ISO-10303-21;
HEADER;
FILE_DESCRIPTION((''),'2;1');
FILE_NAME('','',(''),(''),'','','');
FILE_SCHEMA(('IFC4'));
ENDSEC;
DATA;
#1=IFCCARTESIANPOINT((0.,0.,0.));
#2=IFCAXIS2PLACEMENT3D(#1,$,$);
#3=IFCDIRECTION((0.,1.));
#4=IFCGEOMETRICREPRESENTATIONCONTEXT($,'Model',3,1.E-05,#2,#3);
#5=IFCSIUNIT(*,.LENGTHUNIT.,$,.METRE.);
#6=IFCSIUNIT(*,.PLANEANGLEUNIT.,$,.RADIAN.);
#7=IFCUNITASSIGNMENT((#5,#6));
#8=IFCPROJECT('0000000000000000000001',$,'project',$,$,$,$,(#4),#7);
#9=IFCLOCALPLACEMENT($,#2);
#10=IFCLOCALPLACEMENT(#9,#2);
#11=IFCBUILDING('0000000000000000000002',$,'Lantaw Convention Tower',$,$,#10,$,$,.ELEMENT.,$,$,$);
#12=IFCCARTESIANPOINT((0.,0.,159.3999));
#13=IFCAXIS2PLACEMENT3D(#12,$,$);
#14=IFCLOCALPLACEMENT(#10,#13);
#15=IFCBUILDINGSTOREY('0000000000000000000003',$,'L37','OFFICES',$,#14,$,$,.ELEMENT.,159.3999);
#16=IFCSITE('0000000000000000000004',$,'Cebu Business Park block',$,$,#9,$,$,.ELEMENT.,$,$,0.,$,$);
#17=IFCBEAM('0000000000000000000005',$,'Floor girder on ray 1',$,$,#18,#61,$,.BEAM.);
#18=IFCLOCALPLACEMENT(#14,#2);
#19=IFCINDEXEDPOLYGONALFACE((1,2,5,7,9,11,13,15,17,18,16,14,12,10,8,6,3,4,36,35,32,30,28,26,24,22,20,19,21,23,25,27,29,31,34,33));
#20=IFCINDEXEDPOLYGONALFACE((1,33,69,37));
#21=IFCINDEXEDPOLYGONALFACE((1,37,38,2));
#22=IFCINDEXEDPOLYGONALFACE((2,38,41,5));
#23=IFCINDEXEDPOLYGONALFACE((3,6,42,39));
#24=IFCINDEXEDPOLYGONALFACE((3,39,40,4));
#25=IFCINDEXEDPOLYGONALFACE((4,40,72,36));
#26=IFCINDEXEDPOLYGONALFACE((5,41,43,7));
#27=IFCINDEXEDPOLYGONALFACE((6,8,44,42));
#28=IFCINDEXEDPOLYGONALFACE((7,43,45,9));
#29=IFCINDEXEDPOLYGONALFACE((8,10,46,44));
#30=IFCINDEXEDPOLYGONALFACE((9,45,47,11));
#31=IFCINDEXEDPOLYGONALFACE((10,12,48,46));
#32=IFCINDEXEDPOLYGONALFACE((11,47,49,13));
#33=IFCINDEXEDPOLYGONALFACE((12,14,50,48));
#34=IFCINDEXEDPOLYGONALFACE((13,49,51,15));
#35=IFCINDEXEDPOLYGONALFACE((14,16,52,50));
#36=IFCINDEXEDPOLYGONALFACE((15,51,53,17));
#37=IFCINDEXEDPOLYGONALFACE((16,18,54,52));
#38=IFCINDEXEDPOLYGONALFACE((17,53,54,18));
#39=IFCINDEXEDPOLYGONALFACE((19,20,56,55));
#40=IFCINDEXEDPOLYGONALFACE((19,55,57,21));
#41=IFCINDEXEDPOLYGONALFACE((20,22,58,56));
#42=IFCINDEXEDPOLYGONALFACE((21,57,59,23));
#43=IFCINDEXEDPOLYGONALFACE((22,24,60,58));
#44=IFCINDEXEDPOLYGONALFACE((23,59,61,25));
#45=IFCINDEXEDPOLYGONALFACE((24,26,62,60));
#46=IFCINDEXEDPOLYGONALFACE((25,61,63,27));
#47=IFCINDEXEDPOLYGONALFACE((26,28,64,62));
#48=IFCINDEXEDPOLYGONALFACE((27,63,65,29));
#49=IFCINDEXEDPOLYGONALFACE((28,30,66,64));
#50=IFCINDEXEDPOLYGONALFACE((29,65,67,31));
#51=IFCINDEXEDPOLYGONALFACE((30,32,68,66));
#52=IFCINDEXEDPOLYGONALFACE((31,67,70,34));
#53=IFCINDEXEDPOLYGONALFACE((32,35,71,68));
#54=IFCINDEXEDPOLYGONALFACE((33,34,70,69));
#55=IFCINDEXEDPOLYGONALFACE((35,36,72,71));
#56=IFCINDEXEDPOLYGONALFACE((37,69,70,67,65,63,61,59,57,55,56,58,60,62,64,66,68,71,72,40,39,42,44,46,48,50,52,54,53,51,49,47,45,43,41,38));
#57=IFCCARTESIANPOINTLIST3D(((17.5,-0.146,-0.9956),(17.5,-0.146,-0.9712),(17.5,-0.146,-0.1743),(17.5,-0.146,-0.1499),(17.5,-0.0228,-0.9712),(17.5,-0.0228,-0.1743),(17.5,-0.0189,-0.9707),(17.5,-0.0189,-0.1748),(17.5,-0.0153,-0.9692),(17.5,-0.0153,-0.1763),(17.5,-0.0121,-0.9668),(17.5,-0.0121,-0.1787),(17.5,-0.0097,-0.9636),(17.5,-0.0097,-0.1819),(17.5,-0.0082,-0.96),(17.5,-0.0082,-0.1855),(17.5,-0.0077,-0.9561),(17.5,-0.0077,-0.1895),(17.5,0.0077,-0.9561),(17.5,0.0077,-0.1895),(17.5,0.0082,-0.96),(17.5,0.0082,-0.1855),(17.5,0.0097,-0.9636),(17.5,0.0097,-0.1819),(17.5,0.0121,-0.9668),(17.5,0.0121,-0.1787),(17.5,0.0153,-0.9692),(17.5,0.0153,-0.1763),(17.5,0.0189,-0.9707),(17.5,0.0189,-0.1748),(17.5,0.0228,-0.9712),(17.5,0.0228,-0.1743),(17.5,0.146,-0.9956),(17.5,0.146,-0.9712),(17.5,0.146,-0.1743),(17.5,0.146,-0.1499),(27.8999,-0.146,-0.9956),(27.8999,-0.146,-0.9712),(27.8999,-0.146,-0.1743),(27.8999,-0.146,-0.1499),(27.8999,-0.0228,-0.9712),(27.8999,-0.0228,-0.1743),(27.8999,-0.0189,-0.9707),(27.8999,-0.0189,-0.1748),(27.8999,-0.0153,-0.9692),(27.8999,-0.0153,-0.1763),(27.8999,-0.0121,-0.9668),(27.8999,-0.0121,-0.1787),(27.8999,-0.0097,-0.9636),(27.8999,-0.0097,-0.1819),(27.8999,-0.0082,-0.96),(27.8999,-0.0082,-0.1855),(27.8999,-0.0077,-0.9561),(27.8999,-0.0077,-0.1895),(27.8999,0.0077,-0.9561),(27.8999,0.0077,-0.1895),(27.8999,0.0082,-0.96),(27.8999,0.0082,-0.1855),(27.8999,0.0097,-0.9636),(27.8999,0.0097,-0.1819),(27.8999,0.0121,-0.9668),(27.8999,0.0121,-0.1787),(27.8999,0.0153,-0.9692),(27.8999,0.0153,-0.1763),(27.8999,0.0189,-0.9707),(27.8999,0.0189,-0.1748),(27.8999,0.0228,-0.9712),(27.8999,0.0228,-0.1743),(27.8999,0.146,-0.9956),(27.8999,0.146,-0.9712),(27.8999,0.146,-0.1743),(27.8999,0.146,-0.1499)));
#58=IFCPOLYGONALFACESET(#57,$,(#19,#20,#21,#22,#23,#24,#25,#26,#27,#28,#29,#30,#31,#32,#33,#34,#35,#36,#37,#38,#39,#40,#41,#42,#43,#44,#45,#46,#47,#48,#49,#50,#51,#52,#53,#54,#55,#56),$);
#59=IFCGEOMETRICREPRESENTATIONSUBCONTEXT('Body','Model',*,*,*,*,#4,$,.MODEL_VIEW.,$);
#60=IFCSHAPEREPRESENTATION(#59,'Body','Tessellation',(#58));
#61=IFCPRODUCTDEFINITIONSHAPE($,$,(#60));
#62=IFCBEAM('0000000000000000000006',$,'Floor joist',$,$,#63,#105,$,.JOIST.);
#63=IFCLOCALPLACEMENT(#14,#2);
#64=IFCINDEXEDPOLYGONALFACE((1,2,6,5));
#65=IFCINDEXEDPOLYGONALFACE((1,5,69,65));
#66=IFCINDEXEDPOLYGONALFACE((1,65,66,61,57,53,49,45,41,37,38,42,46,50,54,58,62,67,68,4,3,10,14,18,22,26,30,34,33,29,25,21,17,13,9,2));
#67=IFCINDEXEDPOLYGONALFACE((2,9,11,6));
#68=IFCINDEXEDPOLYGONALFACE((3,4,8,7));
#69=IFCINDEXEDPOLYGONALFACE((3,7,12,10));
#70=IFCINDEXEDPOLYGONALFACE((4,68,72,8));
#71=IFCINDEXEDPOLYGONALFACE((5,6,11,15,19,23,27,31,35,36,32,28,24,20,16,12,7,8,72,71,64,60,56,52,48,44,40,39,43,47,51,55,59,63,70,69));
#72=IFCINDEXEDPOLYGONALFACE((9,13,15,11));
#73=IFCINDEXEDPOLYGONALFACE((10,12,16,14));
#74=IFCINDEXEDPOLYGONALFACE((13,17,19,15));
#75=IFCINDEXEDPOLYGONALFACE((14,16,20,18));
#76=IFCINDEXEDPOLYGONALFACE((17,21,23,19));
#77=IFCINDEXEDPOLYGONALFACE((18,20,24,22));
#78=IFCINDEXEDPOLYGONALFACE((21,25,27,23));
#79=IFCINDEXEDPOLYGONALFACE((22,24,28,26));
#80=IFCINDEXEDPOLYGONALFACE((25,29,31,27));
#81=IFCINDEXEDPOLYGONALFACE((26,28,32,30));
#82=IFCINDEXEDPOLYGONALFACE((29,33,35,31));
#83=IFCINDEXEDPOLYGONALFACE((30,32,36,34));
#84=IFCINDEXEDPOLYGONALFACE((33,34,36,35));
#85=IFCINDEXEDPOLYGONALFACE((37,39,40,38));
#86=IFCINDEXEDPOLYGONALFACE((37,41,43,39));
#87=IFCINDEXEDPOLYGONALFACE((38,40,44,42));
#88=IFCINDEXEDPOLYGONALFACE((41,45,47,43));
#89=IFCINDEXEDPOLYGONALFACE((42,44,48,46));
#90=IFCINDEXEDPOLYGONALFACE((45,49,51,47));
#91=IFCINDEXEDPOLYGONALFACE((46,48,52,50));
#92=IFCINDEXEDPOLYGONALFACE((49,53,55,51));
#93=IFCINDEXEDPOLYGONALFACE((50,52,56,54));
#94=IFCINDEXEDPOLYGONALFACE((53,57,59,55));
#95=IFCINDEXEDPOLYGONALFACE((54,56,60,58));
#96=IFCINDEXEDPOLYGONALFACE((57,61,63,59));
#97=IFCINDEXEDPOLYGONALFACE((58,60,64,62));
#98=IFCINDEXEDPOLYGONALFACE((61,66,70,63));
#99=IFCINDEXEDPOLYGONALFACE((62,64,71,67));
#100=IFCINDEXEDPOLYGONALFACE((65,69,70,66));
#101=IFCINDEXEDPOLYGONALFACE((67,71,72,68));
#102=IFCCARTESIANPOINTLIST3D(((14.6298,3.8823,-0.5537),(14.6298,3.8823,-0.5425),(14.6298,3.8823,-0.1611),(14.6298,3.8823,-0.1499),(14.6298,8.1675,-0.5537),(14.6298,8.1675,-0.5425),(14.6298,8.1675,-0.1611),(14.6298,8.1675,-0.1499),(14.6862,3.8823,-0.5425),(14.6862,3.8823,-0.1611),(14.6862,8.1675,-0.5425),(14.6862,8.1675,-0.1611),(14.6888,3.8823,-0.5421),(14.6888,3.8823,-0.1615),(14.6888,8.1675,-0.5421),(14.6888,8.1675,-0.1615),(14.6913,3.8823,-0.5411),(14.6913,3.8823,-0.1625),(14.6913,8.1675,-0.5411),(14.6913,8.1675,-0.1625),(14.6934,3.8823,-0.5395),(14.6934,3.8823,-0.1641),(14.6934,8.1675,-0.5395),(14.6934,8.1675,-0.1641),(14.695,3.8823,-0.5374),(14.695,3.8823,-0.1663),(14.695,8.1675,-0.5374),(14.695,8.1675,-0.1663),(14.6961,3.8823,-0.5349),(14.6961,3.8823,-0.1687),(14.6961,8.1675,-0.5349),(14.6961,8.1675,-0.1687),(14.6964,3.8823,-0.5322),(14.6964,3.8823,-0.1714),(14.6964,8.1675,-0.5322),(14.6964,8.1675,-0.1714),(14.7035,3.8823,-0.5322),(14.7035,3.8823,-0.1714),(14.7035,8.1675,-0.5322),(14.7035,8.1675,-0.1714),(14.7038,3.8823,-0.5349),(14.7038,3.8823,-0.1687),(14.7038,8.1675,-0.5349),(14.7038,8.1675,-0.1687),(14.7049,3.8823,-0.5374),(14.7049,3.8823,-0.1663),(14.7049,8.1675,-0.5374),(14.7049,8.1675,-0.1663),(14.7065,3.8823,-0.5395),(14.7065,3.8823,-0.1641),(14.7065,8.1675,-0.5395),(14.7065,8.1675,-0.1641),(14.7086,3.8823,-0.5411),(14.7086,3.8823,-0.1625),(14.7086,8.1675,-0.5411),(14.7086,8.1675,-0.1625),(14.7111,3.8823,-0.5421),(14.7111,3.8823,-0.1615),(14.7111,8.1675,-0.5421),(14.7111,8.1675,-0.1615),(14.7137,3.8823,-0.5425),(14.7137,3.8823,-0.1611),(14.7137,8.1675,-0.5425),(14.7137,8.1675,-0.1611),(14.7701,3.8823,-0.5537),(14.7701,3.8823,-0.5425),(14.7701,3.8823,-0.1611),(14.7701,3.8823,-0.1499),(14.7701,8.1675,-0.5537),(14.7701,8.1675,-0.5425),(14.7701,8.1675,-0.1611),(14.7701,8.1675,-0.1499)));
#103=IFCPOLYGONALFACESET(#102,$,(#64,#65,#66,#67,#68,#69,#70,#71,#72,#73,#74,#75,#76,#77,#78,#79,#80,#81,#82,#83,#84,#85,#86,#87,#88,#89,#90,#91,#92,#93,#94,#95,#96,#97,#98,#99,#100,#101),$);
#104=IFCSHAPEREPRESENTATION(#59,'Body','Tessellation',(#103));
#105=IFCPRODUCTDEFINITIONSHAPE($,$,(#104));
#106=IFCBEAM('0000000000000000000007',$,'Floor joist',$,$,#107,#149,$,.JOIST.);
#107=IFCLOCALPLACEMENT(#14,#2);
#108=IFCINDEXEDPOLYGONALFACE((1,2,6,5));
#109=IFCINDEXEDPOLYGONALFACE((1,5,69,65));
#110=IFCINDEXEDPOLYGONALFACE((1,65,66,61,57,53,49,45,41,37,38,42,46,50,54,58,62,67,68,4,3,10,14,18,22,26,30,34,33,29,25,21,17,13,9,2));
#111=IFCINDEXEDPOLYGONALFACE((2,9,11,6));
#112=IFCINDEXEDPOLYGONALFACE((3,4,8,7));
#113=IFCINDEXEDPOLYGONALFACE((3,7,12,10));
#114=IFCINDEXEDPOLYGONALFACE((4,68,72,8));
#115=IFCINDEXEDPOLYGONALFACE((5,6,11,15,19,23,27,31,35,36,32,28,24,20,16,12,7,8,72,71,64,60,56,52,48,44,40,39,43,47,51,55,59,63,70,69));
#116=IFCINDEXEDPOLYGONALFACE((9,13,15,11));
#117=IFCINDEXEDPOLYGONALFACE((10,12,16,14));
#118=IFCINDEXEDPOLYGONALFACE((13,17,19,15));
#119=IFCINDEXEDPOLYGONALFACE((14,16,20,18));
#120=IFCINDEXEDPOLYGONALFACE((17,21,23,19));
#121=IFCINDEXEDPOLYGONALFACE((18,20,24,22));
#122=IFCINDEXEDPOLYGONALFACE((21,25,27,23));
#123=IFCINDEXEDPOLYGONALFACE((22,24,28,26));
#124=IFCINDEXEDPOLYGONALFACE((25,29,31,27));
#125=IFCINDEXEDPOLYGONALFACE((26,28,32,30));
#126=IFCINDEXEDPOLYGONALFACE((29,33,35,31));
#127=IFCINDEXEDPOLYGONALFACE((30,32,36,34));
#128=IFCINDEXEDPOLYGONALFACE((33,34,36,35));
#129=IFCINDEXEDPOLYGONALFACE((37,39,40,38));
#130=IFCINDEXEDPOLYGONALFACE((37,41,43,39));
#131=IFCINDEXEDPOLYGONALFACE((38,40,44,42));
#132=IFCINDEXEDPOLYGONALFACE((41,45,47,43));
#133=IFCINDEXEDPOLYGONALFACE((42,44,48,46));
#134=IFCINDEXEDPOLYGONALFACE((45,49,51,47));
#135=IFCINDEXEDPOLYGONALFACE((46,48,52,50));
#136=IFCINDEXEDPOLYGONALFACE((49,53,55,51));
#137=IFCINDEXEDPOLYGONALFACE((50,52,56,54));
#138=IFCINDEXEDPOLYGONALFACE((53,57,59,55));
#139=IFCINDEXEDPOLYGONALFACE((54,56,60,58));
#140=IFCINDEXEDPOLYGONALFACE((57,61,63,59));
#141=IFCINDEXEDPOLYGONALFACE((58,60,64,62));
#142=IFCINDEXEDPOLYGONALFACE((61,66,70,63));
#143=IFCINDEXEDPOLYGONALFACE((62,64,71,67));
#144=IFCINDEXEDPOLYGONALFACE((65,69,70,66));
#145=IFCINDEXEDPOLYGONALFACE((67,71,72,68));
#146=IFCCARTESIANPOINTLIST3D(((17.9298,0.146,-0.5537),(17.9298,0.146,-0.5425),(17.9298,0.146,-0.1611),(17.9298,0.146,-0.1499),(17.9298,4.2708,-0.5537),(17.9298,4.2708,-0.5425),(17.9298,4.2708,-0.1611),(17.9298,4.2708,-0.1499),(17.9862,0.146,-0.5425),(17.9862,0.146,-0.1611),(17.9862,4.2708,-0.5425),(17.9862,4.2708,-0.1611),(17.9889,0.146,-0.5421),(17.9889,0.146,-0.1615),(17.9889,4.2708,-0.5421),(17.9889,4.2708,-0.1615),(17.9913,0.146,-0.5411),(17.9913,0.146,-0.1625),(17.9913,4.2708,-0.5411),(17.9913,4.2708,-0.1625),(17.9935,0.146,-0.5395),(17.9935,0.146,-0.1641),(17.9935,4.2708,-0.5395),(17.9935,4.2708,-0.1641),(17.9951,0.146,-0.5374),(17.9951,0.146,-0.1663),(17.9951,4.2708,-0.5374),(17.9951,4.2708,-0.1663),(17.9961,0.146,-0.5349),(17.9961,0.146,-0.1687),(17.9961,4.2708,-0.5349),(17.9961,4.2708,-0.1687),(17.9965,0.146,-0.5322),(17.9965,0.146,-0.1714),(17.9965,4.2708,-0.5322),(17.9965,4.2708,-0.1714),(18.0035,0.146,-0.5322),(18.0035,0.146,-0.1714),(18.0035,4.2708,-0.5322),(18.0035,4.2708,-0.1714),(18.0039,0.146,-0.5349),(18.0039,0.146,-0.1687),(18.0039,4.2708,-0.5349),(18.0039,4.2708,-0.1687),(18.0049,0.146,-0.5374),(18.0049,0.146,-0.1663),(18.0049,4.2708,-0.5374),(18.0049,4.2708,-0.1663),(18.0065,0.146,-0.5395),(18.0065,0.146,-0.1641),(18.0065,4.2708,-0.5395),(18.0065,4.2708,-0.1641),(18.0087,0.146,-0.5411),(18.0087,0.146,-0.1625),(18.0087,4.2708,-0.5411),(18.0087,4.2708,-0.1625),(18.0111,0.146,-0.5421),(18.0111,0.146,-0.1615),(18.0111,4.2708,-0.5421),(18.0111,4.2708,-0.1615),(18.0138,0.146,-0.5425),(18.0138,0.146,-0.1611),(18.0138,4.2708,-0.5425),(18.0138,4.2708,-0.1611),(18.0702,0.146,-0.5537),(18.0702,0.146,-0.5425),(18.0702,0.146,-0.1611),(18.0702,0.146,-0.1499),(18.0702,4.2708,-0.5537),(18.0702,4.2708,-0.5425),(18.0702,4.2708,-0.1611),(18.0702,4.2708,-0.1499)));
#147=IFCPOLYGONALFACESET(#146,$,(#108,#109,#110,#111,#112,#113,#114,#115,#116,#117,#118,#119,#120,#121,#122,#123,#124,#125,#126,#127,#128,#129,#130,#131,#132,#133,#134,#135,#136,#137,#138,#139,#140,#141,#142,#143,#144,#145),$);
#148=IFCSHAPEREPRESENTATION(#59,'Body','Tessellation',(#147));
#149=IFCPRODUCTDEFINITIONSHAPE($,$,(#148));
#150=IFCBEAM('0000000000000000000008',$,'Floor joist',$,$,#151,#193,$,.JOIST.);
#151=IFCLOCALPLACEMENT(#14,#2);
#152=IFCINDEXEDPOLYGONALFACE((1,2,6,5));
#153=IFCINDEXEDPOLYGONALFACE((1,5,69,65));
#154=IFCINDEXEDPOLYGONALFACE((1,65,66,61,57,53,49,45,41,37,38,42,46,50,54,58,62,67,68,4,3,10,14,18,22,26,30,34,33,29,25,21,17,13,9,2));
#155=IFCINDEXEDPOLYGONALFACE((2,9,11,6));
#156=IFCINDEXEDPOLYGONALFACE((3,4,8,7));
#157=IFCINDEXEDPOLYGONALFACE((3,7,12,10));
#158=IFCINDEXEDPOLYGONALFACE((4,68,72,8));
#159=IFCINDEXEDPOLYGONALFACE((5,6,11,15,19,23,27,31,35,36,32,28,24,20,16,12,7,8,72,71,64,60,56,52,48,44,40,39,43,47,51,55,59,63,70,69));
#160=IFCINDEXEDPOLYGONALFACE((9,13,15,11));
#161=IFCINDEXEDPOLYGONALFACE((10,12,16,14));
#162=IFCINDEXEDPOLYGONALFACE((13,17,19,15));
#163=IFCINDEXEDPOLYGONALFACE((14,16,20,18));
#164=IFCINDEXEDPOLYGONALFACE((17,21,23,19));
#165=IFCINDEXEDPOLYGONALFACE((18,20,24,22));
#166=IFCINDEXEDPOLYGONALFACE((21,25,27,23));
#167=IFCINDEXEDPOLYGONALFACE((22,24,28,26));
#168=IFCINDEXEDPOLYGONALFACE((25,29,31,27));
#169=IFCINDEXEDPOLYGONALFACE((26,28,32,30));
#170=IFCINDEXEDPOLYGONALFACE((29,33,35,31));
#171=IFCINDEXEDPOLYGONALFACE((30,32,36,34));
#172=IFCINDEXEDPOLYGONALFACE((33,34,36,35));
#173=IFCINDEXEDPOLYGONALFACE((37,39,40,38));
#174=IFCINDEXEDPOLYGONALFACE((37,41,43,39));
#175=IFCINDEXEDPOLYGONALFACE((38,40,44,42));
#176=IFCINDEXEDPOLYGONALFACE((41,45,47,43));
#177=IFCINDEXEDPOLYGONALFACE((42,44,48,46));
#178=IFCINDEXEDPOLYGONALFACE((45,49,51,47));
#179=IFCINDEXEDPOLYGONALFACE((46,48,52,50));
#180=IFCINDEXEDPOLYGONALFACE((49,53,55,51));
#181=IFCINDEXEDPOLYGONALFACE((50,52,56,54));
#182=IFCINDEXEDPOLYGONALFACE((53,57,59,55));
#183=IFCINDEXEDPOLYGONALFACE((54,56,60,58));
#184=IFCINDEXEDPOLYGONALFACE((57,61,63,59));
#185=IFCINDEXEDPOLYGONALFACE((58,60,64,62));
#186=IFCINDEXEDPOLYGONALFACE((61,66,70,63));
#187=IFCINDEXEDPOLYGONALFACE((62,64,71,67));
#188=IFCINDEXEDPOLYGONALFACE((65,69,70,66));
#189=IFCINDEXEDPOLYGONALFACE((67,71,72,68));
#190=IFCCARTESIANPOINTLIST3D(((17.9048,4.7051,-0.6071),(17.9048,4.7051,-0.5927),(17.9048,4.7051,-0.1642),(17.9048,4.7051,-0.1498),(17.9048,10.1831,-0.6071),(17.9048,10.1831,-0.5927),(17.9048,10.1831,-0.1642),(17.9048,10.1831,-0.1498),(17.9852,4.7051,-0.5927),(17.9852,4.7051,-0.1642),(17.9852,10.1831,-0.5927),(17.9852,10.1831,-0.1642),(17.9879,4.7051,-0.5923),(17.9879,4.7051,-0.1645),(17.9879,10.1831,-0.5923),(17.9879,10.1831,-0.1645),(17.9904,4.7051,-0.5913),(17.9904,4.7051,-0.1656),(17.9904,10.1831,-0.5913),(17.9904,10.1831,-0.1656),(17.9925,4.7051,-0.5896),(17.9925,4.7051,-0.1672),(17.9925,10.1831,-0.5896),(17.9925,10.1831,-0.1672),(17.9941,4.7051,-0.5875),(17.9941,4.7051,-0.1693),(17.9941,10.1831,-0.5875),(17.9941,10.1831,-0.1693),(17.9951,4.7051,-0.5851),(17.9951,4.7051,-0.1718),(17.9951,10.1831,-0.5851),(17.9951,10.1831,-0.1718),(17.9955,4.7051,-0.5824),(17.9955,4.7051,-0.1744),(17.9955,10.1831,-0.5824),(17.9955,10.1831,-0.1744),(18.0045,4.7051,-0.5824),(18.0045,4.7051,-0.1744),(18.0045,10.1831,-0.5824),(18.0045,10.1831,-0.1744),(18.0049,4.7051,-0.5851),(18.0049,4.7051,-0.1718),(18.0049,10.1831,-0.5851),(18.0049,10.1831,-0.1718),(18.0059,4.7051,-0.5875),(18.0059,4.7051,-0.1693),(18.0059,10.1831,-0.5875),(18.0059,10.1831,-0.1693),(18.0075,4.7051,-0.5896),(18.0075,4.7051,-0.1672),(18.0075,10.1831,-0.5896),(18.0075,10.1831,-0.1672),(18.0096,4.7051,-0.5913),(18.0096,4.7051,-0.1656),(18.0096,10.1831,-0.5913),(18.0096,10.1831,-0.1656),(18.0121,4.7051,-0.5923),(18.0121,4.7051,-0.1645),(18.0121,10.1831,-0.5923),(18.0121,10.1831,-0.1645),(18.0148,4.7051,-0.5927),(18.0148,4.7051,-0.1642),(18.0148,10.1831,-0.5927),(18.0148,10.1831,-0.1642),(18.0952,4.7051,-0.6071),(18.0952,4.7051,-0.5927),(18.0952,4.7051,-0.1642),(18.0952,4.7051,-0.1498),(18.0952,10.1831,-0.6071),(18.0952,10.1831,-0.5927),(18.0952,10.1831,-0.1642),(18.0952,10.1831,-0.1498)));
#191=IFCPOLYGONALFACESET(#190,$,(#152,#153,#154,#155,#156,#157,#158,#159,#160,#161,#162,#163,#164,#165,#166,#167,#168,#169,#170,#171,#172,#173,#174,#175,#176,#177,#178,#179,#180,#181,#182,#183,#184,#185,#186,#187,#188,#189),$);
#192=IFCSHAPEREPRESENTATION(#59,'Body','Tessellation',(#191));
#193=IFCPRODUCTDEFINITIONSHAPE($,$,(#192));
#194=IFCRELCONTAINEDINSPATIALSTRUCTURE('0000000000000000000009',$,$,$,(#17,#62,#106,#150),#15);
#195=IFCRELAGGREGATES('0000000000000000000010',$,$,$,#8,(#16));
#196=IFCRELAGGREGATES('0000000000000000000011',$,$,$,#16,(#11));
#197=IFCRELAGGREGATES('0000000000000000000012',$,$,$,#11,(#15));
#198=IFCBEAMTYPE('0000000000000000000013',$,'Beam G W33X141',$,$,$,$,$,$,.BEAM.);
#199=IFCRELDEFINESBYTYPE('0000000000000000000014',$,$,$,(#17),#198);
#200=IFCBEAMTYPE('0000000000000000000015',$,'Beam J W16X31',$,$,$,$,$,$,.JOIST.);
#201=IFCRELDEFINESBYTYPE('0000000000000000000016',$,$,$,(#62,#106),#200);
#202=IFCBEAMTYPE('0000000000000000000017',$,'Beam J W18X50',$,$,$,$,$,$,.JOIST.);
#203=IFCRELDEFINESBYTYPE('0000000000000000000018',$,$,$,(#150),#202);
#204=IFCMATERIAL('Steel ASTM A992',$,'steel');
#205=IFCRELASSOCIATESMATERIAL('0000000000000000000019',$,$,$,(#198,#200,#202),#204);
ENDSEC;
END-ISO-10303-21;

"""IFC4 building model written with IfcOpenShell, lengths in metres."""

from ifc_helpers import new_model, si_unit, direction, frame, origin, origin_2d, place, context, subcontext, project, spatial, i_section, extrude, material, material_profile, profile_set, type_object, element, save


model = new_model("IFC4")

# Units and contexts
model_context = context("Model", 3, precision=1e-05, world=origin(), true_north=direction((0.0, 1.0)))
body_context = subcontext(model_context, "Body", "Model", "MODEL_VIEW")
ifc_project = project(units=[si_unit("LENGTHUNIT", "METRE"), si_unit("PLANEANGLEUNIT", "RADIAN")], contexts=[model_context])

# Site, building, storey
site_placement = place(None, origin())
site = spatial("IfcSite", under=ifc_project, at=site_placement, Name="Cebu Business Park block", CompositionType="ELEMENT", RefElevation=0.0)
building_placement = place(site_placement, origin())
building = spatial("IfcBuilding", under=site, at=building_placement, Name="Lantaw Convention Tower", CompositionType="ELEMENT")
storey_placement = place(building_placement, frame((0.0, 0.0, 159.3999)))
storey = spatial("IfcBuildingStorey", under=building, at=storey_placement, Name="L37", Description="OFFICES", CompositionType="ELEMENT", Elevation=159.3999)

# Beams
ifc_material_1 = material(Name="Steel ASTM A992", Category="steel")
ifc_material_profile_1 = material_profile(ifc_material_1, i_section(OverallWidth=0.292, OverallDepth=0.8457, WebThickness=0.0154, FlangeThickness=0.0244, FilletRadius=0.0151, at=origin_2d()), Name="W33X141")
ifc_profile_set_1 = profile_set([ifc_material_profile_1], Name="Steel ASTM A992")
beam_type_1 = type_object("IfcBeamType", Name="Beam G W33X141", PredefinedType="BEAM", material=ifc_profile_set_1)
beam_1_placement = place(storey_placement, frame((17.5, 0.0, -0.5728), z_axis=(1.0, 0.0, 0.0), x_axis=(0.0, 1.0, 0.0)))
element("IfcBeam", 1, at=beam_1_placement, inside=storey, type_object=beam_type_1, Name="Floor girder on ray 1", PredefinedType="BEAM", context=body_context, shape_type="SweptSolid", body=[
    extrude(i_section(OverallWidth=0.292, OverallDepth=0.8457, WebThickness=0.0154, FlangeThickness=0.0244, FilletRadius=0.0151, at=origin_2d()), origin(), (0.0, 0.0, 1.0), 10.3999),
])
ifc_material_profile_2 = material_profile(ifc_material_1, i_section(OverallWidth=0.1404, OverallDepth=0.4038, WebThickness=0.0071, FlangeThickness=0.0112, FilletRadius=0.0103, at=origin_2d()), Name="W16X31")
ifc_profile_set_2 = profile_set([ifc_material_profile_2], Name="Steel ASTM A992")
beam_type_2 = type_object("IfcBeamType", Name="Beam J W16X31", PredefinedType="JOIST", material=ifc_profile_set_2)
beam_2_placement = place(storey_placement, frame((14.7, 3.8823, -0.3518), z_axis=(0.0, 1.0, 0.0), x_axis=(-1.0, 0.0, 0.0)))
element("IfcBeam", 2, at=beam_2_placement, inside=storey, type_object=beam_type_2, Name="Floor joist", PredefinedType="JOIST", context=body_context, shape_type="SweptSolid", body=[
    extrude(i_section(OverallWidth=0.1404, OverallDepth=0.4038, WebThickness=0.0071, FlangeThickness=0.0112, FilletRadius=0.0103, at=origin_2d()), origin(), (0.0, 0.0, 1.0), 4.2852),
])
beam_3_placement = place(storey_placement, frame((18.0, 0.146, -0.3518), z_axis=(0.0, 1.0, 0.0), x_axis=(-1.0, 0.0, 0.0)))
element("IfcBeam", 3, at=beam_3_placement, inside=storey, type_object=beam_type_2, Name="Floor joist", PredefinedType="JOIST", context=body_context, shape_type="SweptSolid", body=[
    extrude(i_section(OverallWidth=0.1404, OverallDepth=0.4038, WebThickness=0.0071, FlangeThickness=0.0112, FilletRadius=0.0103, at=origin_2d()), origin(), (0.0, 0.0, 1.0), 4.1248),
])
ifc_material_profile_3 = material_profile(ifc_material_1, i_section(OverallWidth=0.1904, OverallDepth=0.4573, WebThickness=0.009, FlangeThickness=0.0144, FilletRadius=0.0103, at=origin_2d()), Name="W18X50")
ifc_profile_set_3 = profile_set([ifc_material_profile_3], Name="Steel ASTM A992")
beam_type_3 = type_object("IfcBeamType", Name="Beam J W18X50", PredefinedType="JOIST", material=ifc_profile_set_3)
beam_4_placement = place(storey_placement, frame((18.0, 4.7051, -0.3784), z_axis=(0.0, 1.0, 0.0), x_axis=(-1.0, 0.0, 0.0)))
element("IfcBeam", 4, at=beam_4_placement, inside=storey, type_object=beam_type_3, Name="Floor joist", PredefinedType="JOIST", context=body_context, shape_type="SweptSolid", body=[
    extrude(i_section(OverallWidth=0.1904, OverallDepth=0.4573, WebThickness=0.009, FlangeThickness=0.0144, FilletRadius=0.0103, at=origin_2d()), origin(), (0.0, 0.0, 1.0), 5.478),
])

save(model, "model.ifc")
